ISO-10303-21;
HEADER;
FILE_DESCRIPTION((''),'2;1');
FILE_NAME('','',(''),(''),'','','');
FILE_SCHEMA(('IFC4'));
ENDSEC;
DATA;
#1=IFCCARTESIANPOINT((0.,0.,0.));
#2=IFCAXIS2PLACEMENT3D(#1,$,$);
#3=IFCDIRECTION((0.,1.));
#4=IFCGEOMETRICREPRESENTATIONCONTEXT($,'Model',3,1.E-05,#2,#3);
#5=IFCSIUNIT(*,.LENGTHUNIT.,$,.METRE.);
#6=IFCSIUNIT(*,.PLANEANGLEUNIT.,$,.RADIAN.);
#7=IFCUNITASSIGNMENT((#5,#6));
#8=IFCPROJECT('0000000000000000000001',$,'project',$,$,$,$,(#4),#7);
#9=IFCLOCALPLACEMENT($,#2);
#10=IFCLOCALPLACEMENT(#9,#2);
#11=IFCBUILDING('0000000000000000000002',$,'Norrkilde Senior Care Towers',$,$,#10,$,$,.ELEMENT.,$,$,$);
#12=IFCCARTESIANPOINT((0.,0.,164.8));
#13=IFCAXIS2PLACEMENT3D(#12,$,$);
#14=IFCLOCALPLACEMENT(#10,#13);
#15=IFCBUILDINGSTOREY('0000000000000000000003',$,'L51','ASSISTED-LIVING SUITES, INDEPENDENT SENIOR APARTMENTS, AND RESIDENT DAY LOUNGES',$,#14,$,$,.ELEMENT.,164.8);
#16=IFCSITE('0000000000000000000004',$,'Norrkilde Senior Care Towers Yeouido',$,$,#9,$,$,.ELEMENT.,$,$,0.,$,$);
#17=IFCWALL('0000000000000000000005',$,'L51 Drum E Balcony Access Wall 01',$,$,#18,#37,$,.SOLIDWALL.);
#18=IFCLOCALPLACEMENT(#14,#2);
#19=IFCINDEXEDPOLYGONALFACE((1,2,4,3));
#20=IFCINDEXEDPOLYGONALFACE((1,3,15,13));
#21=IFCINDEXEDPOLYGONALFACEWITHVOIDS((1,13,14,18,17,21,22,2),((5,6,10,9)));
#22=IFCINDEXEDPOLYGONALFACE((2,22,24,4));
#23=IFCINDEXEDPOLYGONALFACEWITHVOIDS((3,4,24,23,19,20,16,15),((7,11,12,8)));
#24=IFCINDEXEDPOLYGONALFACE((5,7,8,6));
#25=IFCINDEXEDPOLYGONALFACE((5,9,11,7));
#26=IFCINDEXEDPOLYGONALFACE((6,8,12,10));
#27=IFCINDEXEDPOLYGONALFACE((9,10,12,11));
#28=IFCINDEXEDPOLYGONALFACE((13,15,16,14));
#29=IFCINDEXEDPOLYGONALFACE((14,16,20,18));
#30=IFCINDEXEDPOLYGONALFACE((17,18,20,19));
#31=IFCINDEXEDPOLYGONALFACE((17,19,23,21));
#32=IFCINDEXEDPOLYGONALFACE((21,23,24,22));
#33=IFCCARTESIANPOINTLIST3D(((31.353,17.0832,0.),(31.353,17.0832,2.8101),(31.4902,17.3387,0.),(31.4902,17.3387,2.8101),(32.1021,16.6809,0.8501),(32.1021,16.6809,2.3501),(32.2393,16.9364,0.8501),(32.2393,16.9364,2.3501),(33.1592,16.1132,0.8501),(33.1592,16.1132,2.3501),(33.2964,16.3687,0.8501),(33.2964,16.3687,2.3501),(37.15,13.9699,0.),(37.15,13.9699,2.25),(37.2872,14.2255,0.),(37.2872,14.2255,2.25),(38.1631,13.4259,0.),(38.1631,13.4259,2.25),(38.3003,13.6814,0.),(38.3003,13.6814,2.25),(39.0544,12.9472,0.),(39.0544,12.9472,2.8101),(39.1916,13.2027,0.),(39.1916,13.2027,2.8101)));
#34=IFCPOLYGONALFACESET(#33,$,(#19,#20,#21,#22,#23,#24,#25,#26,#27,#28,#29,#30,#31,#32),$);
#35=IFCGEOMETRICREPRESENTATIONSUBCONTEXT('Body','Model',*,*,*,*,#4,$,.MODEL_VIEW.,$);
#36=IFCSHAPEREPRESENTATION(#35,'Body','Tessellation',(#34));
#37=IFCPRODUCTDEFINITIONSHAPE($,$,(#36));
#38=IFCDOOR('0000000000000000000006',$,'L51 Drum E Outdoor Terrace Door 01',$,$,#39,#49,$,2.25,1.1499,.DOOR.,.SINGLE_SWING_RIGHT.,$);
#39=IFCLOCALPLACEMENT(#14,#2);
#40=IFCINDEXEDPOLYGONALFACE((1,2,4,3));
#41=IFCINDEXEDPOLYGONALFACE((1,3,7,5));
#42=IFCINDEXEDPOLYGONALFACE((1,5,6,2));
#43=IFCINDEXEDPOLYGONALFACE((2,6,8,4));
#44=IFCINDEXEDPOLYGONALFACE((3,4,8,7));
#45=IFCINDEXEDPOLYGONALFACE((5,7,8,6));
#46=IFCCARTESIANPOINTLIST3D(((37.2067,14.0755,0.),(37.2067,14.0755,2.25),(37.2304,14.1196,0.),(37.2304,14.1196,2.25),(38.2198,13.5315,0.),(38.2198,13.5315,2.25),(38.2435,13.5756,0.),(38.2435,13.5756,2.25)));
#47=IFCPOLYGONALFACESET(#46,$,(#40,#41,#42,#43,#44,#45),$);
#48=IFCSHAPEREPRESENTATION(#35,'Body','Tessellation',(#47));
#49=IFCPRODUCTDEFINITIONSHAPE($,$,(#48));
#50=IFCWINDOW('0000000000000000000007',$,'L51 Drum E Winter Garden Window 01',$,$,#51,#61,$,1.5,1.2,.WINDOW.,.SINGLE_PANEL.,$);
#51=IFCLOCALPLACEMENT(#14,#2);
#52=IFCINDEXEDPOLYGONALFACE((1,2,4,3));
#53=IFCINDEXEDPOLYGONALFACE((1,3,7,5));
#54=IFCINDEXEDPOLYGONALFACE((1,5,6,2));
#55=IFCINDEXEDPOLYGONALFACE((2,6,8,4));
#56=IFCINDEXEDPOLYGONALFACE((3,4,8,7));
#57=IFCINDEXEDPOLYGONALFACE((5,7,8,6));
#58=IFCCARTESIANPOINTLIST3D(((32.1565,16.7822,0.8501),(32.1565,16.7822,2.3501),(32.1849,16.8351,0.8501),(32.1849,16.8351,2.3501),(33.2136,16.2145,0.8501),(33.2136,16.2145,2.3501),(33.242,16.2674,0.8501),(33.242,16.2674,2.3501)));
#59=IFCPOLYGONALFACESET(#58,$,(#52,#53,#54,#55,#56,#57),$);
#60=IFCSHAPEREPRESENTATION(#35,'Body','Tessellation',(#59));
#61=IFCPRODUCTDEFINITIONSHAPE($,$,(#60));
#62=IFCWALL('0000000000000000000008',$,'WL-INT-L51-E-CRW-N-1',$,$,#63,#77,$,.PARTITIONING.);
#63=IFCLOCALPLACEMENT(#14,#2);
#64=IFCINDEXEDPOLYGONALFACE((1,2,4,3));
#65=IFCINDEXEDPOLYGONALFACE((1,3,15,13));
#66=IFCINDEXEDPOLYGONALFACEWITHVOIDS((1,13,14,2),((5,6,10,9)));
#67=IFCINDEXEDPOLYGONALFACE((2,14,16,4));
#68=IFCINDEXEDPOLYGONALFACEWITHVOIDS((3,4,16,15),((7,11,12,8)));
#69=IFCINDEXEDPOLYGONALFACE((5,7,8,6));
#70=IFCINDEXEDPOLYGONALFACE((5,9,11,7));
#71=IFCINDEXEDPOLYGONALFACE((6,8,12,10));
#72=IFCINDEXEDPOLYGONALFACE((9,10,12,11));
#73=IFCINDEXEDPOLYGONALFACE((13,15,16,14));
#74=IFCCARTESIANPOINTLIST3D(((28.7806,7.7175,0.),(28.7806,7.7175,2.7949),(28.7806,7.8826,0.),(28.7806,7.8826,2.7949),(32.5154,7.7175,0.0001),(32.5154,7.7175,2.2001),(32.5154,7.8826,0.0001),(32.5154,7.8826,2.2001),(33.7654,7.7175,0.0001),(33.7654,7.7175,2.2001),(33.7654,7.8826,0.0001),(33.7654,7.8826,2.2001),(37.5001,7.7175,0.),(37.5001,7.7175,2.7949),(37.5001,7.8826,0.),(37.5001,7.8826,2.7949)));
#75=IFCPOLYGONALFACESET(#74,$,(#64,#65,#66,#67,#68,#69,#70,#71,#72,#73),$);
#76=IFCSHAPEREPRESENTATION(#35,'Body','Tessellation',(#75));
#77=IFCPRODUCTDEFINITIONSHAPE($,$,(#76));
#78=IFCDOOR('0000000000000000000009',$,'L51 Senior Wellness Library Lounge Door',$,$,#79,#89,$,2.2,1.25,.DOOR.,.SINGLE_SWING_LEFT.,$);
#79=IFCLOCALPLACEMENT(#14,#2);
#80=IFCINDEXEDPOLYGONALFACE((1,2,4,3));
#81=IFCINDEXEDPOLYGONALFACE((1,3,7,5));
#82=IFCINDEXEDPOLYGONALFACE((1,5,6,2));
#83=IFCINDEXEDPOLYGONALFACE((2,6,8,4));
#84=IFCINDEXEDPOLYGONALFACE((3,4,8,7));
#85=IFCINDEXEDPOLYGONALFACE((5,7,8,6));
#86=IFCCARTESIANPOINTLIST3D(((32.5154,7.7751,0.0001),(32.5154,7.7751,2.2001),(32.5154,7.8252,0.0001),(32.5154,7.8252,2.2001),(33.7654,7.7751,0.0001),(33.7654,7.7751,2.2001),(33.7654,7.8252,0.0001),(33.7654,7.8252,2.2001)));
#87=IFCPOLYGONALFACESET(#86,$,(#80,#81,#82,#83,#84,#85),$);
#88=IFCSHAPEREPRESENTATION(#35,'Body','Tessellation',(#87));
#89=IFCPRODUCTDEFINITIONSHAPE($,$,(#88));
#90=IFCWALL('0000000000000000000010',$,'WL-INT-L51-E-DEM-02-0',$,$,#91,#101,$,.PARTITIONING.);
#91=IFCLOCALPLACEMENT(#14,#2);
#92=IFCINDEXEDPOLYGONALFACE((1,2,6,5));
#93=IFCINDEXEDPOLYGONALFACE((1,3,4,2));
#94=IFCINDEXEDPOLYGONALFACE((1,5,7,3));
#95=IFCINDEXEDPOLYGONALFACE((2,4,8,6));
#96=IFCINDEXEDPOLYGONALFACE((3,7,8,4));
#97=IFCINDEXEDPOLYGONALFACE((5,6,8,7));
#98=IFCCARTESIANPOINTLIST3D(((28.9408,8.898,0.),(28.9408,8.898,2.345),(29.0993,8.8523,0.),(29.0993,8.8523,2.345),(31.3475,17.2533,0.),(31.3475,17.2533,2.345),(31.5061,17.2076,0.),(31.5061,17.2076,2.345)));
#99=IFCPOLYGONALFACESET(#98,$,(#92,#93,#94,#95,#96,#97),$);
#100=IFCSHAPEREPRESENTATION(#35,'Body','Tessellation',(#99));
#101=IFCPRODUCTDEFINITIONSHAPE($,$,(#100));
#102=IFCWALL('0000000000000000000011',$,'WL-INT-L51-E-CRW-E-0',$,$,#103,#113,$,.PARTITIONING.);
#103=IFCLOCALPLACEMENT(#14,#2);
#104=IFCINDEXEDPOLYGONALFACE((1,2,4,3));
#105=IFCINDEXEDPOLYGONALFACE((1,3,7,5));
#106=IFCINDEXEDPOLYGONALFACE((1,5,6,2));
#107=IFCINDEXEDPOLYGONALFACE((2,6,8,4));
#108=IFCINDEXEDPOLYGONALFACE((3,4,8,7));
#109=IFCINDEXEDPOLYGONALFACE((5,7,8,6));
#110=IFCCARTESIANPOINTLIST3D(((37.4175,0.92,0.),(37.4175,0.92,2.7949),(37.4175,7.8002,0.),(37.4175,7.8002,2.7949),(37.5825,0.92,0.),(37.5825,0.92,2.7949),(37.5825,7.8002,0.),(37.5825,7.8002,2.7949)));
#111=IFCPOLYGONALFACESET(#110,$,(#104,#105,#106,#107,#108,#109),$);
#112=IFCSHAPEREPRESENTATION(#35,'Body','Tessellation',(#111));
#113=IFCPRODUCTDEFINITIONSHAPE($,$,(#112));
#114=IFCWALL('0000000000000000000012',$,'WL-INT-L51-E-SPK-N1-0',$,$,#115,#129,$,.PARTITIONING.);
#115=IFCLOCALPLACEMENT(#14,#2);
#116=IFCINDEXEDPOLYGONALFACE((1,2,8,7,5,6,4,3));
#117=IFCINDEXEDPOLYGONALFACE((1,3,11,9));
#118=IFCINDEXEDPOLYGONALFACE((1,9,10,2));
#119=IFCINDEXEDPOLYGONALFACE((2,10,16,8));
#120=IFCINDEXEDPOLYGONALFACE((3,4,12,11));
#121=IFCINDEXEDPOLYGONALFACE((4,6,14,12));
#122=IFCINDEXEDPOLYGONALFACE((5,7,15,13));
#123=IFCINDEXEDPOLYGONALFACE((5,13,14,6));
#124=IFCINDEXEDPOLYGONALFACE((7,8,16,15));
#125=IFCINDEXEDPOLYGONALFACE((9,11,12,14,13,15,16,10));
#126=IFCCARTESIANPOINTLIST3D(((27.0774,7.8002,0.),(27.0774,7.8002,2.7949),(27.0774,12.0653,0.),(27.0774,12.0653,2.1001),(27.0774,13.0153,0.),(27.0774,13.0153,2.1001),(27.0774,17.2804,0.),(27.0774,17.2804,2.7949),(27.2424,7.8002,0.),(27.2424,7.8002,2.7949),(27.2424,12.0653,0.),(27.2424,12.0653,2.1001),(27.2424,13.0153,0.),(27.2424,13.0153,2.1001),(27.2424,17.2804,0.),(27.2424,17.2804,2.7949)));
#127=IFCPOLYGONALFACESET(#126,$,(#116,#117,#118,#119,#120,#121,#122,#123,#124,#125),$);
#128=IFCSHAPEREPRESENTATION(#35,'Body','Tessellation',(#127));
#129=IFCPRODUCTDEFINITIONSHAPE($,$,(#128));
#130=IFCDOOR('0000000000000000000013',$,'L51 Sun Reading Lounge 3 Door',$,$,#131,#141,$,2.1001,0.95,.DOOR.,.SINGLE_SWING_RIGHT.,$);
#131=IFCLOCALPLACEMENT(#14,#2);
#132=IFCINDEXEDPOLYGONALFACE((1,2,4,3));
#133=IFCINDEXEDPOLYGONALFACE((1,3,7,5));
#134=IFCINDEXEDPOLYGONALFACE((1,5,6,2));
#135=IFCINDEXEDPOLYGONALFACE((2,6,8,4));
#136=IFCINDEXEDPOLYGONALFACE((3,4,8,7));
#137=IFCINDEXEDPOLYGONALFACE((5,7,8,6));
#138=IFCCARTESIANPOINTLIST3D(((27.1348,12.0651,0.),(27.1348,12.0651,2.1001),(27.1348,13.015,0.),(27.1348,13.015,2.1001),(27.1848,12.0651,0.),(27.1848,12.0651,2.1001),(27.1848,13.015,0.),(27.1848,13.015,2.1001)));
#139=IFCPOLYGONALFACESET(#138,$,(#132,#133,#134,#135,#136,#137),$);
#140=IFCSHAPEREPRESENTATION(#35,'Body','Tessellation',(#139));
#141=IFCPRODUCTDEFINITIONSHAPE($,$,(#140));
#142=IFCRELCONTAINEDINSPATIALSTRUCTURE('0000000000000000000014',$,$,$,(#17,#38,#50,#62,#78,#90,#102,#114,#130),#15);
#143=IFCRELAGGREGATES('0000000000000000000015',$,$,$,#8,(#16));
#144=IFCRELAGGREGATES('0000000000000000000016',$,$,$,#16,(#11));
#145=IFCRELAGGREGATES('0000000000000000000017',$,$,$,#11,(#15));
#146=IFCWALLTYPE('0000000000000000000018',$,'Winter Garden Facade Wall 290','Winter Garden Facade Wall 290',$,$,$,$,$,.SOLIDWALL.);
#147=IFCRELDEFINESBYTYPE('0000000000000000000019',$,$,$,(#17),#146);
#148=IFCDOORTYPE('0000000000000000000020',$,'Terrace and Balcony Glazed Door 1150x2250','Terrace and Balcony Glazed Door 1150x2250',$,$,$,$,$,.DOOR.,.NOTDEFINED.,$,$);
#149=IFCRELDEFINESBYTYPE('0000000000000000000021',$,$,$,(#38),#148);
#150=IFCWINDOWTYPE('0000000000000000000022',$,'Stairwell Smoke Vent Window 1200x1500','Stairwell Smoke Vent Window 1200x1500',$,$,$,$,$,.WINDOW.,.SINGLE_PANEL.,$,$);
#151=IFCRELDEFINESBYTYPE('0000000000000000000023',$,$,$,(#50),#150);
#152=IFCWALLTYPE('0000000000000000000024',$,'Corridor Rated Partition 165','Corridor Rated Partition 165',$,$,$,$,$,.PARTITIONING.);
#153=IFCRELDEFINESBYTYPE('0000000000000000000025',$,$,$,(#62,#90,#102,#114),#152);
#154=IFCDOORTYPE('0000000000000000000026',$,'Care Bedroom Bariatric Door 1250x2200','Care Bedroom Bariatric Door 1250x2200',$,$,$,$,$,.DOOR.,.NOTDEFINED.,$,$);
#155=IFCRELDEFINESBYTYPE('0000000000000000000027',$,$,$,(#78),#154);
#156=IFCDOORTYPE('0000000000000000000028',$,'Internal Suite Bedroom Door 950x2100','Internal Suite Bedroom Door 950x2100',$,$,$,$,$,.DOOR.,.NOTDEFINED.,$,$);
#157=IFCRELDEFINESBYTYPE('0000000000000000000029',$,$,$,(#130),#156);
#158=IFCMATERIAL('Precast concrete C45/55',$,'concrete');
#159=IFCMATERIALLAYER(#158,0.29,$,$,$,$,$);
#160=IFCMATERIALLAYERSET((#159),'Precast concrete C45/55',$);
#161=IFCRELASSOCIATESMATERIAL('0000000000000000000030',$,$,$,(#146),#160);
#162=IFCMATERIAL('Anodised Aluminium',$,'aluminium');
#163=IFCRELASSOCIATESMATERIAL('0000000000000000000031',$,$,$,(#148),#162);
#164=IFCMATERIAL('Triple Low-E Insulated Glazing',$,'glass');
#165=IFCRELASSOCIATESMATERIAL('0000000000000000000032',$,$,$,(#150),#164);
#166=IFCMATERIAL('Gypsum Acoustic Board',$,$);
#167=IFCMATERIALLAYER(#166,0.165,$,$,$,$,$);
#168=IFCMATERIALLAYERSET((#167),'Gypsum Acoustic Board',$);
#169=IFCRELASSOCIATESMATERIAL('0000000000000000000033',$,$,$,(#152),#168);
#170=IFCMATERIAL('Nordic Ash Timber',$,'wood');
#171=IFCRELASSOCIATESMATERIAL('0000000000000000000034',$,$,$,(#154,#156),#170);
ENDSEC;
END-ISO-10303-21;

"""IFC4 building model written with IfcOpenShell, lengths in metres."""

from ifc_helpers import new_model, si_unit, direction, frame, frame_2d, origin, place, context, subcontext, project, spatial, rectangle, extrude, source, transform, mapped, material, layer, layer_set, type_object, type_shapes, element, fill, save


model = new_model("IFC4")

# Units and contexts
model_context = context("Model", 3, precision=1e-05, world=origin(), true_north=direction((0.0, 1.0)))
body_context = subcontext(model_context, "Body", "Model", "MODEL_VIEW")
ifc_project = project(units=[si_unit("LENGTHUNIT", "METRE"), si_unit("PLANEANGLEUNIT", "RADIAN")], contexts=[model_context])

# Site, building, storey
site_placement = place(None, origin())
site = spatial("IfcSite", under=ifc_project, at=site_placement, Name="Norrkilde Senior Care Towers Yeouido", CompositionType="ELEMENT", RefElevation=0.0)
building_placement = place(site_placement, origin())
building = spatial("IfcBuilding", under=site, at=building_placement, Name="Norrkilde Senior Care Towers", CompositionType="ELEMENT")
storey_placement = place(building_placement, frame((0.0, 0.0, 164.8)))
storey = spatial("IfcBuildingStorey", under=building, at=storey_placement, Name="L51", Description="ASSISTED-LIVING SUITES, INDEPENDENT SENIOR APARTMENTS, AND RESIDENT DAY LOUNGES", CompositionType="ELEMENT", Elevation=164.8)

# Shared definitions
ifc_material_1 = material(Name="Triple Low-E Insulated Glazing", Category="glass")
ifc_material_2 = material(Name="Anodised Aluminium", Category="aluminium")

# Wall, openings, door, window
ifc_material_3 = material(Name="Precast concrete C45/55", Category="concrete")
ifc_layer_1 = layer(ifc_material_3, 0.29)
ifc_layer_set_1 = layer_set([ifc_layer_1], Name="Precast concrete C45/55")
wall_type_1 = type_object("IfcWallType", Name="Winter Garden Facade Wall 290", Description="Winter Garden Facade Wall 290", PredefinedType="SOLIDWALL", material=ifc_layer_set_1)
shared_shape_1 = source(origin(), body_context, "Body", "SweptSolid", [
    extrude(rectangle(XDim=8.7417, YDim=0.29, at=frame_2d((4.3708, 0.0))), origin(), (0.0, 0.0, 1.0), 2.8101),
])
type_shapes(wall_type_1, [shared_shape_1])
wall_1_placement = place(storey_placement, frame((31.4216, 17.2109, 0.0), z_axis=(0.0, 0.0, 1.0), x_axis=(0.880992, -0.47313, 0.0)))
wall_1 = element("IfcWall", 1, at=wall_1_placement, inside=storey, type_object=wall_type_1, Name="L51 Drum E Balcony Access Wall 01", PredefinedType="SOLIDWALL", context=body_context, shape_type="MappedRepresentation", body=[
    mapped(shared_shape_1, transform((0.0, 0.0, 0.0), x_axis=(1.0, 0.0, 0.0), y_axis=(0.0, 1.0, 0.0), z_axis=(0.0, 0.0, 1.0), scale=1.0)),
])
opening_1_placement = place(wall_1_placement, frame((6.5801, 0.0, 0.0)))
opening_1 = element("IfcOpeningElement", 2, at=opening_1_placement, cuts=wall_1, PredefinedType="OPENING", context=body_context, shape_type="SweptSolid", body=[
    extrude(rectangle(XDim=1.1499, YDim=2.25, at=frame_2d((0.575, 1.125))), frame((0.0, 0.155, 0.0), z_axis=(0.0, -1.0, 0.0), x_axis=(1.0, 0.0, 0.0)), (0.0, 0.0, 1.0), 0.3101),
])
opening_2_placement = place(wall_1_placement, frame((0.8501, 0.0, 0.8501)))
opening_2 = element("IfcOpeningElement", 3, at=opening_2_placement, cuts=wall_1, PredefinedType="OPENING", context=body_context, shape_type="SweptSolid", body=[
    extrude(rectangle(XDim=1.2, YDim=1.5, at=frame_2d((0.6001, 0.75))), frame((0.0, 0.155, 0.0), z_axis=(0.0, -1.0, 0.0), x_axis=(1.0, 0.0, 0.0)), (0.0, 0.0, 1.0), 0.3101),
])
door_type_1 = type_object("IfcDoorType", Name="Terrace and Balcony Glazed Door 1150x2250", Description="Terrace and Balcony Glazed Door 1150x2250", OperationType="NOTDEFINED", PredefinedType="DOOR", material=ifc_material_2)
shared_shape_2 = source(origin(), body_context, "Body", "SweptSolid", [
    extrude(rectangle(XDim=1.1499, YDim=2.25, at=frame_2d((0.575, 1.125))), frame((0.0, 0.0249, 0.0), z_axis=(0.0, -1.0, 0.0), x_axis=(1.0, 0.0, 0.0)), (0.0, 0.0, 1.0), 0.05),
])
type_shapes(door_type_1, [shared_shape_2])
door_1_placement = place(opening_1_placement, origin())
door_1 = element("IfcDoor", 4, at=door_1_placement, inside=storey, type_object=door_type_1, Name="L51 Drum E Outdoor Terrace Door 01", OperationType="SINGLE_SWING_RIGHT", OverallHeight=2.25, OverallWidth=1.1499, PredefinedType="DOOR", context=body_context, shape_type="MappedRepresentation", body=[
    mapped(shared_shape_2, transform((0.0, 0.0, 0.0), x_axis=(1.0, 0.0, 0.0), y_axis=(0.0, 1.0, 0.0), z_axis=(0.0, 0.0, 1.0), scale=1.0)),
])
fill(opening_1, door_1)
window_type = type_object("IfcWindowType", Name="Stairwell Smoke Vent Window 1200x1500", Description="Stairwell Smoke Vent Window 1200x1500", PartitioningType="SINGLE_PANEL", PredefinedType="WINDOW", material=ifc_material_1)
shared_shape_3 = source(origin(), body_context, "Body", "SweptSolid", [
    extrude(rectangle(XDim=1.2, YDim=1.5, at=frame_2d((0.6001, 0.75))), frame((0.0, 0.03, 0.0), z_axis=(0.0, -1.0, 0.0), x_axis=(1.0, 0.0, 0.0)), (0.0, 0.0, 1.0), 0.0601),
])
type_shapes(window_type, [shared_shape_3])
window_placement = place(opening_2_placement, origin())
window = element("IfcWindow", 5, at=window_placement, inside=storey, type_object=window_type, Name="L51 Drum E Winter Garden Window 01", OverallHeight=1.5, OverallWidth=1.2, PartitioningType="SINGLE_PANEL", PredefinedType="WINDOW", context=body_context, shape_type="MappedRepresentation", body=[
    mapped(shared_shape_3, transform((0.0, 0.0, 0.0), x_axis=(1.0, 0.0, 0.0), y_axis=(0.0, 1.0, 0.0), z_axis=(0.0, 0.0, 1.0), scale=1.0)),
])
fill(opening_2, window)

# Wall, opening, door
ifc_material_4 = material(Name="Gypsum Acoustic Board")
ifc_layer_2 = layer(ifc_material_4, 0.165)
ifc_layer_set_2 = layer_set([ifc_layer_2], Name="Gypsum Acoustic Board")
wall_type_2 = type_object("IfcWallType", Name="Corridor Rated Partition 165", Description="Corridor Rated Partition 165", PredefinedType="PARTITIONING", material=ifc_layer_set_2)
shared_shape_4 = source(origin(), body_context, "Body", "SweptSolid", [
    extrude(rectangle(XDim=8.7195, YDim=0.165, at=frame_2d((4.3599, 0.0))), origin(), (0.0, 0.0, 1.0), 2.7949),
])
wall_2_placement = place(storey_placement, frame((28.7805, 7.8, 0.0), z_axis=(0.0, 0.0, 1.0), x_axis=(1.0, 0.0, 0.0)))
wall_2 = element("IfcWall", 6, at=wall_2_placement, inside=storey, type_object=wall_type_2, Name="WL-INT-L51-E-CRW-N-1", PredefinedType="PARTITIONING", context=body_context, shape_type="MappedRepresentation", body=[
    mapped(shared_shape_4, transform((0.0, 0.0, 0.0), x_axis=(1.0, 0.0, 0.0), y_axis=(0.0, 1.0, 0.0), z_axis=(0.0, 0.0, 1.0), scale=1.0)),
])
opening_3_placement = place(wall_2_placement, frame((3.7349, 0.0, 0.0)))
opening_3 = element("IfcOpeningElement", 7, at=opening_3_placement, cuts=wall_2, PredefinedType="OPENING", context=body_context, shape_type="SweptSolid", body=[
    extrude(rectangle(XDim=1.25, YDim=2.2, at=frame_2d((0.625, 1.1001))), frame((0.0, 0.0925, 0.0), z_axis=(0.0, -1.0, 0.0), x_axis=(1.0, 0.0, 0.0)), (0.0, 0.0, 1.0), 0.1851),
])
ifc_material_5 = material(Name="Nordic Ash Timber", Category="wood")
door_type_2 = type_object("IfcDoorType", Name="Care Bedroom Bariatric Door 1250x2200", Description="Care Bedroom Bariatric Door 1250x2200", OperationType="NOTDEFINED", PredefinedType="DOOR", material=ifc_material_5)
shared_shape_5 = source(origin(), body_context, "Body", "SweptSolid", [
    extrude(rectangle(XDim=1.25, YDim=2.2, at=frame_2d((0.625, 1.1001))), frame((0.0, 0.0249, 0.0), z_axis=(0.0, -1.0, 0.0), x_axis=(1.0, 0.0, 0.0)), (0.0, 0.0, 1.0), 0.05),
])
type_shapes(door_type_2, [shared_shape_5])
door_2_placement = place(opening_3_placement, frame((1.25, 0.0, 0.0), z_axis=(0.0, 0.0, 1.0), x_axis=(-1.0, 0.0, 0.0)))
door_2 = element("IfcDoor", 8, at=door_2_placement, inside=storey, type_object=door_type_2, Name="L51 Senior Wellness Library Lounge Door", OperationType="SINGLE_SWING_LEFT", OverallHeight=2.2, OverallWidth=1.25, PredefinedType="DOOR", context=body_context, shape_type="MappedRepresentation", body=[
    mapped(shared_shape_5, transform((0.0, 0.0, 0.0), x_axis=(1.0, 0.0, 0.0), y_axis=(0.0, 1.0, 0.0), z_axis=(0.0, 0.0, 1.0), scale=1.0)),
])
fill(opening_3, door_2)

# Walls
shared_shape_6 = source(origin(), body_context, "Body", "SweptSolid", [
    extrude(rectangle(XDim=8.6951, YDim=0.165, at=frame_2d((4.3477, 0.0))), origin(), (0.0, 0.0, 1.0), 2.345),
])
wall_3_placement = place(storey_placement, frame((29.02, 8.875, 0.0), z_axis=(0.0, 0.0, 1.0), x_axis=(0.276797, 0.960928, 0.0)))
element("IfcWall", 9, at=wall_3_placement, inside=storey, type_object=wall_type_2, Name="WL-INT-L51-E-DEM-02-0", PredefinedType="PARTITIONING", context=body_context, shape_type="MappedRepresentation", body=[
    mapped(shared_shape_6, transform((0.0, 0.0, 0.0), x_axis=(1.0, 0.0, 0.0), y_axis=(0.0, 1.0, 0.0), z_axis=(0.0, 0.0, 1.0), scale=1.0)),
])
shared_shape_7 = source(origin(), body_context, "Body", "SweptSolid", [
    extrude(rectangle(XDim=6.8801, YDim=0.165, at=frame_2d((3.4399, 0.0))), origin(), (0.0, 0.0, 1.0), 2.7949),
])
wall_4_placement = place(storey_placement, frame((37.5, 7.8, 0.0), z_axis=(0.0, 0.0, 1.0), x_axis=(0.0, -1.0, 0.0)))
element("IfcWall", 10, at=wall_4_placement, inside=storey, type_object=wall_type_2, Name="WL-INT-L51-E-CRW-E-0", PredefinedType="PARTITIONING", context=body_context, shape_type="MappedRepresentation", body=[
    mapped(shared_shape_7, transform((0.0, 0.0, 0.0), x_axis=(1.0, 0.0, 0.0), y_axis=(0.0, 1.0, 0.0), z_axis=(0.0, 0.0, 1.0), scale=1.0)),
])

# Wall, opening, door
shared_shape_8 = source(origin(), body_context, "Body", "SweptSolid", [
    extrude(rectangle(XDim=9.4802, YDim=0.165, at=frame_2d((4.7402, 0.0))), origin(), (0.0, 0.0, 1.0), 2.7949),
])
type_shapes(wall_type_2, [shared_shape_4, shared_shape_6, shared_shape_7, shared_shape_8])
wall_5_placement = place(storey_placement, frame((27.1599, 7.8, 0.0), z_axis=(0.0, 0.0, 1.0), x_axis=(0.0, 1.0, 0.0)))
wall_5 = element("IfcWall", 11, at=wall_5_placement, inside=storey, type_object=wall_type_2, Name="WL-INT-L51-E-SPK-N1-0", PredefinedType="PARTITIONING", context=body_context, shape_type="MappedRepresentation", body=[
    mapped(shared_shape_8, transform((0.0, 0.0, 0.0), x_axis=(1.0, 0.0, 0.0), y_axis=(0.0, 1.0, 0.0), z_axis=(0.0, 0.0, 1.0), scale=1.0)),
])
opening_4_placement = place(wall_5_placement, frame((4.2651, 0.0, 0.0)))
opening_4 = element("IfcOpeningElement", 12, at=opening_4_placement, cuts=wall_5, PredefinedType="OPENING", context=body_context, shape_type="SweptSolid", body=[
    extrude(rectangle(XDim=0.95, YDim=2.1001, at=frame_2d((0.4751, 1.05))), frame((0.0, 0.0925, 0.0), z_axis=(0.0, -1.0, 0.0), x_axis=(1.0, 0.0, 0.0)), (0.0, 0.0, 1.0), 0.1851),
])
door_type_3 = type_object("IfcDoorType", Name="Internal Suite Bedroom Door 950x2100", Description="Internal Suite Bedroom Door 950x2100", OperationType="NOTDEFINED", PredefinedType="DOOR", material=ifc_material_5)
shared_shape_9 = source(origin(), body_context, "Body", "SweptSolid", [
    extrude(rectangle(XDim=0.95, YDim=2.1001, at=frame_2d((0.4751, 1.05))), frame((0.0, 0.0249, 0.0), z_axis=(0.0, -1.0, 0.0), x_axis=(1.0, 0.0, 0.0)), (0.0, 0.0, 1.0), 0.05),
])
type_shapes(door_type_3, [shared_shape_9])
door_3_placement = place(opening_4_placement, frame((0.95, 0.0, 0.0), z_axis=(0.0, 0.0, 1.0), x_axis=(-1.0, 0.0, 0.0)))
door_3 = element("IfcDoor", 13, at=door_3_placement, inside=storey, type_object=door_type_3, Name="L51 Sun Reading Lounge 3 Door", OperationType="SINGLE_SWING_RIGHT", OverallHeight=2.1001, OverallWidth=0.95, PredefinedType="DOOR", context=body_context, shape_type="MappedRepresentation", body=[
    mapped(shared_shape_9, transform((0.0, 0.0, 0.0), x_axis=(1.0, 0.0, 0.0), y_axis=(0.0, 1.0, 0.0), z_axis=(0.0, 0.0, 1.0), scale=1.0)),
])
fill(opening_4, door_3)

save(model, "model.ifc")
